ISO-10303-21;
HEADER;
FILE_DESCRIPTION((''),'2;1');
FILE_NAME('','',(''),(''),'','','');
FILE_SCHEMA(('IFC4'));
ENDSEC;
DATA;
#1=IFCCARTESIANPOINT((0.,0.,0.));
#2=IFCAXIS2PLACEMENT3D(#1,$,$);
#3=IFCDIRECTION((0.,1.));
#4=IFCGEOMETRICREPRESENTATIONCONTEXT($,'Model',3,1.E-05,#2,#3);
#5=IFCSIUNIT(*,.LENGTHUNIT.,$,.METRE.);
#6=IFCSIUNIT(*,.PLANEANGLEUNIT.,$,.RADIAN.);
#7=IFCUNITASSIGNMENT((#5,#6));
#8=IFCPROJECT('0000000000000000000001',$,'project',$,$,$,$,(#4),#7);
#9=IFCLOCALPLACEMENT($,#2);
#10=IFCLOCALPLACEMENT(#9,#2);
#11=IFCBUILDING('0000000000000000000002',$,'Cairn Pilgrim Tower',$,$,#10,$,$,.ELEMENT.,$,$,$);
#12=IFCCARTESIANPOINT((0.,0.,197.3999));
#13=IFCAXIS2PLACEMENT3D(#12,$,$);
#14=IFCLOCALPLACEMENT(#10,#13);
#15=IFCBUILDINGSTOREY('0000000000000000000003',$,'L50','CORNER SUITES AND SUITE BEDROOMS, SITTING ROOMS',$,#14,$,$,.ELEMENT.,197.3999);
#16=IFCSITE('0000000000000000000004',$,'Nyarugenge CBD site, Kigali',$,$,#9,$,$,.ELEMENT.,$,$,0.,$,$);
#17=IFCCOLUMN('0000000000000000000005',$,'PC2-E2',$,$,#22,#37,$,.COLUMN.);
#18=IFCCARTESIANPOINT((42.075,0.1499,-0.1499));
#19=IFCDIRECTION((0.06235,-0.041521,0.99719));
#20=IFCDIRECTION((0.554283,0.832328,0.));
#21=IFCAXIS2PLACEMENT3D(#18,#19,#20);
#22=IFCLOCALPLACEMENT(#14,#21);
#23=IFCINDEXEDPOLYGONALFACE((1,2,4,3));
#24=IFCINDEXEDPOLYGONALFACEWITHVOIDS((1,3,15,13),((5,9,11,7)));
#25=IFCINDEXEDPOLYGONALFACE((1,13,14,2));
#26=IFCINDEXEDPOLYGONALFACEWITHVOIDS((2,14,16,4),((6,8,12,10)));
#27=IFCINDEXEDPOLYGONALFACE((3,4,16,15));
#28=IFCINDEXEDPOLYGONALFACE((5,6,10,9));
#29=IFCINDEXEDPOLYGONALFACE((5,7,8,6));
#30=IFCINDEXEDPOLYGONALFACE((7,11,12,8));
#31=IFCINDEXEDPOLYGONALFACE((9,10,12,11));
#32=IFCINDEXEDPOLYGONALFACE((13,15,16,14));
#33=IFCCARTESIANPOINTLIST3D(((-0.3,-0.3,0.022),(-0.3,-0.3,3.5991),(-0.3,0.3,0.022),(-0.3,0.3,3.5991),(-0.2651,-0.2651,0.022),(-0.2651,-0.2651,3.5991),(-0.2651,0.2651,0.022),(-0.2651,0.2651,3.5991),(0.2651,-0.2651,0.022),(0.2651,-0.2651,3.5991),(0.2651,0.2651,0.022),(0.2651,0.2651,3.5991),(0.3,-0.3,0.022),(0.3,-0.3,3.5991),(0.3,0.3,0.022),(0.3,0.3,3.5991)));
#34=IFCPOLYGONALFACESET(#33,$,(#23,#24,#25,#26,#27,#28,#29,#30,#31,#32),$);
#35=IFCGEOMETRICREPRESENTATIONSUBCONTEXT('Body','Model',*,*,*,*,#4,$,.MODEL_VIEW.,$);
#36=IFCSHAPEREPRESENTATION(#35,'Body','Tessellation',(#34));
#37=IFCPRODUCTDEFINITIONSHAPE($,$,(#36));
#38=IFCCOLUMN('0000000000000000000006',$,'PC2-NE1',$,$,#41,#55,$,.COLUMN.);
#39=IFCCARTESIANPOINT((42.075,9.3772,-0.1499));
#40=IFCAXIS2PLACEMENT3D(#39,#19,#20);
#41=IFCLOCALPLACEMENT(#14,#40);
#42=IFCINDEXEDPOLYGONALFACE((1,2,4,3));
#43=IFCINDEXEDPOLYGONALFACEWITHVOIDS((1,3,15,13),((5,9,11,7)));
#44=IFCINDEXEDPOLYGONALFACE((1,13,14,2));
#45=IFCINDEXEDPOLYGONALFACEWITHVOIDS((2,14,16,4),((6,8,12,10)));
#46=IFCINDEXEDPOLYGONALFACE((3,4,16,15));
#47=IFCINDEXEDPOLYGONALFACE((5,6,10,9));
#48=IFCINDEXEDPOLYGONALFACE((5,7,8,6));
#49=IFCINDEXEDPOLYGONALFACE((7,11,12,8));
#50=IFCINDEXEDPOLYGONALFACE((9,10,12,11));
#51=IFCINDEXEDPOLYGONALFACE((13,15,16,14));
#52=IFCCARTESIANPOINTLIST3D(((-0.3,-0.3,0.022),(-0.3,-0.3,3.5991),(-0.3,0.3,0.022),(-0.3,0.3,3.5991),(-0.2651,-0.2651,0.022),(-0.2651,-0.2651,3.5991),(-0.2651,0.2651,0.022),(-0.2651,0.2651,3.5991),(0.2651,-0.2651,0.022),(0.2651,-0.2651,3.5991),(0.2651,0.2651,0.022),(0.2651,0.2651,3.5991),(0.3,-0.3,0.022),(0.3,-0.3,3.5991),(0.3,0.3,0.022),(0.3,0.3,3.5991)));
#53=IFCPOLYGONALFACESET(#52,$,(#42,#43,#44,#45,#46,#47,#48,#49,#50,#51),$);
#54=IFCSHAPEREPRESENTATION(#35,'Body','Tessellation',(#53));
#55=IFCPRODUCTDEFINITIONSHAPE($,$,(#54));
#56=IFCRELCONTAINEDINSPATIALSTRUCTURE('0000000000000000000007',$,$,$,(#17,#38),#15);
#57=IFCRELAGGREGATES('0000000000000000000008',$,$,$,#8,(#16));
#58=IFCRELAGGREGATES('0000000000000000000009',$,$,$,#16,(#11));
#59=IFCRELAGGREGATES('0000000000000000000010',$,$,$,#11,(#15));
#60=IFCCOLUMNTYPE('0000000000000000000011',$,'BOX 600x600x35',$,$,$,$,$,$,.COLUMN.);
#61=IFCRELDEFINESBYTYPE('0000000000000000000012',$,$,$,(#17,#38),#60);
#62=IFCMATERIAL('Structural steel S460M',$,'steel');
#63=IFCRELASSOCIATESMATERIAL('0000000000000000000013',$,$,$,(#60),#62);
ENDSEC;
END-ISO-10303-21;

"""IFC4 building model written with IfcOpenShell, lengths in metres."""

from ifc_helpers import new_model, si_unit, direction, frame, origin, origin_2d, place, context, subcontext, project, spatial, hollow_rectangle, extrude, clip, halfspace, material, material_profile, profile_set, type_object, element, save


model = new_model("IFC4")

# Units and contexts
model_context = context("Model", 3, precision=1e-05, world=origin(), true_north=direction((0.0, 1.0)))
body_context = subcontext(model_context, "Body", "Model", "MODEL_VIEW")
ifc_project = project(units=[si_unit("LENGTHUNIT", "METRE"), si_unit("PLANEANGLEUNIT", "RADIAN")], contexts=[model_context])

# Site, building, storey
site_placement = place(None, origin())
site = spatial("IfcSite", under=ifc_project, at=site_placement, Name="Nyarugenge CBD site, Kigali", CompositionType="ELEMENT", RefElevation=0.0)
building_placement = place(site_placement, origin())
building = spatial("IfcBuilding", under=site, at=building_placement, Name="Cairn Pilgrim Tower", CompositionType="ELEMENT")
storey_placement = place(building_placement, frame((0.0, 0.0, 197.3999)))
storey = spatial("IfcBuildingStorey", under=building, at=storey_placement, Name="L50", Description="CORNER SUITES AND SUITE BEDROOMS, SITTING ROOMS", CompositionType="ELEMENT", Elevation=197.3999)

# Columns
ifc_material_1 = material(Name="Structural steel S460M", Category="steel")
ifc_material_profile_1 = material_profile(ifc_material_1, hollow_rectangle(XDim=0.6001, YDim=0.6001, WallThickness=0.0349, at=origin_2d()), Name="BOX 600x600x35")
ifc_profile_set_1 = profile_set([ifc_material_profile_1], Name="Structural steel S460M")
column_type_1 = type_object("IfcColumnType", Name="BOX 600x600x35", PredefinedType="COLUMN", material=ifc_profile_set_1)
for number, where, z_axis, x_axis, name in (
    (1, (42.075, 0.1499, -0.1499), (0.06235, -0.041521, 0.99719), (0.554283, 0.832328, 0.0), "PC2-E2"),
    (2, (42.075, 9.3772, -0.1499), (0.06235, -0.041521, 0.99719), (0.554283, 0.832328, 0.0), "PC2-NE1"),
):
    element("IfcColumn", number, at=place(storey_placement, frame(where, z_axis=z_axis, x_axis=x_axis)), inside=storey, type_object=column_type_1, Name=name, PredefinedType="COLUMN", context=body_context, shape_type="Clipping", body=[
        clip(clip(extrude(hollow_rectangle(XDim=0.6001, YDim=0.6001, WallThickness=0.0349, at=origin_2d()), origin(), (0.0, 0.0, 1.0), 3.6104), halfspace(frame((0.0, 0.0, 0.022), z_axis=(0.0, 0.0, 1.0), x_axis=(1.0, 0.0, 0.0)), True)), halfspace(frame((0.0, 0.0, 3.5991), z_axis=(0.0, 0.0, 1.0), x_axis=(1.0, 0.0, 0.0)), False)),
    ])

save(model, "model.ifc")
